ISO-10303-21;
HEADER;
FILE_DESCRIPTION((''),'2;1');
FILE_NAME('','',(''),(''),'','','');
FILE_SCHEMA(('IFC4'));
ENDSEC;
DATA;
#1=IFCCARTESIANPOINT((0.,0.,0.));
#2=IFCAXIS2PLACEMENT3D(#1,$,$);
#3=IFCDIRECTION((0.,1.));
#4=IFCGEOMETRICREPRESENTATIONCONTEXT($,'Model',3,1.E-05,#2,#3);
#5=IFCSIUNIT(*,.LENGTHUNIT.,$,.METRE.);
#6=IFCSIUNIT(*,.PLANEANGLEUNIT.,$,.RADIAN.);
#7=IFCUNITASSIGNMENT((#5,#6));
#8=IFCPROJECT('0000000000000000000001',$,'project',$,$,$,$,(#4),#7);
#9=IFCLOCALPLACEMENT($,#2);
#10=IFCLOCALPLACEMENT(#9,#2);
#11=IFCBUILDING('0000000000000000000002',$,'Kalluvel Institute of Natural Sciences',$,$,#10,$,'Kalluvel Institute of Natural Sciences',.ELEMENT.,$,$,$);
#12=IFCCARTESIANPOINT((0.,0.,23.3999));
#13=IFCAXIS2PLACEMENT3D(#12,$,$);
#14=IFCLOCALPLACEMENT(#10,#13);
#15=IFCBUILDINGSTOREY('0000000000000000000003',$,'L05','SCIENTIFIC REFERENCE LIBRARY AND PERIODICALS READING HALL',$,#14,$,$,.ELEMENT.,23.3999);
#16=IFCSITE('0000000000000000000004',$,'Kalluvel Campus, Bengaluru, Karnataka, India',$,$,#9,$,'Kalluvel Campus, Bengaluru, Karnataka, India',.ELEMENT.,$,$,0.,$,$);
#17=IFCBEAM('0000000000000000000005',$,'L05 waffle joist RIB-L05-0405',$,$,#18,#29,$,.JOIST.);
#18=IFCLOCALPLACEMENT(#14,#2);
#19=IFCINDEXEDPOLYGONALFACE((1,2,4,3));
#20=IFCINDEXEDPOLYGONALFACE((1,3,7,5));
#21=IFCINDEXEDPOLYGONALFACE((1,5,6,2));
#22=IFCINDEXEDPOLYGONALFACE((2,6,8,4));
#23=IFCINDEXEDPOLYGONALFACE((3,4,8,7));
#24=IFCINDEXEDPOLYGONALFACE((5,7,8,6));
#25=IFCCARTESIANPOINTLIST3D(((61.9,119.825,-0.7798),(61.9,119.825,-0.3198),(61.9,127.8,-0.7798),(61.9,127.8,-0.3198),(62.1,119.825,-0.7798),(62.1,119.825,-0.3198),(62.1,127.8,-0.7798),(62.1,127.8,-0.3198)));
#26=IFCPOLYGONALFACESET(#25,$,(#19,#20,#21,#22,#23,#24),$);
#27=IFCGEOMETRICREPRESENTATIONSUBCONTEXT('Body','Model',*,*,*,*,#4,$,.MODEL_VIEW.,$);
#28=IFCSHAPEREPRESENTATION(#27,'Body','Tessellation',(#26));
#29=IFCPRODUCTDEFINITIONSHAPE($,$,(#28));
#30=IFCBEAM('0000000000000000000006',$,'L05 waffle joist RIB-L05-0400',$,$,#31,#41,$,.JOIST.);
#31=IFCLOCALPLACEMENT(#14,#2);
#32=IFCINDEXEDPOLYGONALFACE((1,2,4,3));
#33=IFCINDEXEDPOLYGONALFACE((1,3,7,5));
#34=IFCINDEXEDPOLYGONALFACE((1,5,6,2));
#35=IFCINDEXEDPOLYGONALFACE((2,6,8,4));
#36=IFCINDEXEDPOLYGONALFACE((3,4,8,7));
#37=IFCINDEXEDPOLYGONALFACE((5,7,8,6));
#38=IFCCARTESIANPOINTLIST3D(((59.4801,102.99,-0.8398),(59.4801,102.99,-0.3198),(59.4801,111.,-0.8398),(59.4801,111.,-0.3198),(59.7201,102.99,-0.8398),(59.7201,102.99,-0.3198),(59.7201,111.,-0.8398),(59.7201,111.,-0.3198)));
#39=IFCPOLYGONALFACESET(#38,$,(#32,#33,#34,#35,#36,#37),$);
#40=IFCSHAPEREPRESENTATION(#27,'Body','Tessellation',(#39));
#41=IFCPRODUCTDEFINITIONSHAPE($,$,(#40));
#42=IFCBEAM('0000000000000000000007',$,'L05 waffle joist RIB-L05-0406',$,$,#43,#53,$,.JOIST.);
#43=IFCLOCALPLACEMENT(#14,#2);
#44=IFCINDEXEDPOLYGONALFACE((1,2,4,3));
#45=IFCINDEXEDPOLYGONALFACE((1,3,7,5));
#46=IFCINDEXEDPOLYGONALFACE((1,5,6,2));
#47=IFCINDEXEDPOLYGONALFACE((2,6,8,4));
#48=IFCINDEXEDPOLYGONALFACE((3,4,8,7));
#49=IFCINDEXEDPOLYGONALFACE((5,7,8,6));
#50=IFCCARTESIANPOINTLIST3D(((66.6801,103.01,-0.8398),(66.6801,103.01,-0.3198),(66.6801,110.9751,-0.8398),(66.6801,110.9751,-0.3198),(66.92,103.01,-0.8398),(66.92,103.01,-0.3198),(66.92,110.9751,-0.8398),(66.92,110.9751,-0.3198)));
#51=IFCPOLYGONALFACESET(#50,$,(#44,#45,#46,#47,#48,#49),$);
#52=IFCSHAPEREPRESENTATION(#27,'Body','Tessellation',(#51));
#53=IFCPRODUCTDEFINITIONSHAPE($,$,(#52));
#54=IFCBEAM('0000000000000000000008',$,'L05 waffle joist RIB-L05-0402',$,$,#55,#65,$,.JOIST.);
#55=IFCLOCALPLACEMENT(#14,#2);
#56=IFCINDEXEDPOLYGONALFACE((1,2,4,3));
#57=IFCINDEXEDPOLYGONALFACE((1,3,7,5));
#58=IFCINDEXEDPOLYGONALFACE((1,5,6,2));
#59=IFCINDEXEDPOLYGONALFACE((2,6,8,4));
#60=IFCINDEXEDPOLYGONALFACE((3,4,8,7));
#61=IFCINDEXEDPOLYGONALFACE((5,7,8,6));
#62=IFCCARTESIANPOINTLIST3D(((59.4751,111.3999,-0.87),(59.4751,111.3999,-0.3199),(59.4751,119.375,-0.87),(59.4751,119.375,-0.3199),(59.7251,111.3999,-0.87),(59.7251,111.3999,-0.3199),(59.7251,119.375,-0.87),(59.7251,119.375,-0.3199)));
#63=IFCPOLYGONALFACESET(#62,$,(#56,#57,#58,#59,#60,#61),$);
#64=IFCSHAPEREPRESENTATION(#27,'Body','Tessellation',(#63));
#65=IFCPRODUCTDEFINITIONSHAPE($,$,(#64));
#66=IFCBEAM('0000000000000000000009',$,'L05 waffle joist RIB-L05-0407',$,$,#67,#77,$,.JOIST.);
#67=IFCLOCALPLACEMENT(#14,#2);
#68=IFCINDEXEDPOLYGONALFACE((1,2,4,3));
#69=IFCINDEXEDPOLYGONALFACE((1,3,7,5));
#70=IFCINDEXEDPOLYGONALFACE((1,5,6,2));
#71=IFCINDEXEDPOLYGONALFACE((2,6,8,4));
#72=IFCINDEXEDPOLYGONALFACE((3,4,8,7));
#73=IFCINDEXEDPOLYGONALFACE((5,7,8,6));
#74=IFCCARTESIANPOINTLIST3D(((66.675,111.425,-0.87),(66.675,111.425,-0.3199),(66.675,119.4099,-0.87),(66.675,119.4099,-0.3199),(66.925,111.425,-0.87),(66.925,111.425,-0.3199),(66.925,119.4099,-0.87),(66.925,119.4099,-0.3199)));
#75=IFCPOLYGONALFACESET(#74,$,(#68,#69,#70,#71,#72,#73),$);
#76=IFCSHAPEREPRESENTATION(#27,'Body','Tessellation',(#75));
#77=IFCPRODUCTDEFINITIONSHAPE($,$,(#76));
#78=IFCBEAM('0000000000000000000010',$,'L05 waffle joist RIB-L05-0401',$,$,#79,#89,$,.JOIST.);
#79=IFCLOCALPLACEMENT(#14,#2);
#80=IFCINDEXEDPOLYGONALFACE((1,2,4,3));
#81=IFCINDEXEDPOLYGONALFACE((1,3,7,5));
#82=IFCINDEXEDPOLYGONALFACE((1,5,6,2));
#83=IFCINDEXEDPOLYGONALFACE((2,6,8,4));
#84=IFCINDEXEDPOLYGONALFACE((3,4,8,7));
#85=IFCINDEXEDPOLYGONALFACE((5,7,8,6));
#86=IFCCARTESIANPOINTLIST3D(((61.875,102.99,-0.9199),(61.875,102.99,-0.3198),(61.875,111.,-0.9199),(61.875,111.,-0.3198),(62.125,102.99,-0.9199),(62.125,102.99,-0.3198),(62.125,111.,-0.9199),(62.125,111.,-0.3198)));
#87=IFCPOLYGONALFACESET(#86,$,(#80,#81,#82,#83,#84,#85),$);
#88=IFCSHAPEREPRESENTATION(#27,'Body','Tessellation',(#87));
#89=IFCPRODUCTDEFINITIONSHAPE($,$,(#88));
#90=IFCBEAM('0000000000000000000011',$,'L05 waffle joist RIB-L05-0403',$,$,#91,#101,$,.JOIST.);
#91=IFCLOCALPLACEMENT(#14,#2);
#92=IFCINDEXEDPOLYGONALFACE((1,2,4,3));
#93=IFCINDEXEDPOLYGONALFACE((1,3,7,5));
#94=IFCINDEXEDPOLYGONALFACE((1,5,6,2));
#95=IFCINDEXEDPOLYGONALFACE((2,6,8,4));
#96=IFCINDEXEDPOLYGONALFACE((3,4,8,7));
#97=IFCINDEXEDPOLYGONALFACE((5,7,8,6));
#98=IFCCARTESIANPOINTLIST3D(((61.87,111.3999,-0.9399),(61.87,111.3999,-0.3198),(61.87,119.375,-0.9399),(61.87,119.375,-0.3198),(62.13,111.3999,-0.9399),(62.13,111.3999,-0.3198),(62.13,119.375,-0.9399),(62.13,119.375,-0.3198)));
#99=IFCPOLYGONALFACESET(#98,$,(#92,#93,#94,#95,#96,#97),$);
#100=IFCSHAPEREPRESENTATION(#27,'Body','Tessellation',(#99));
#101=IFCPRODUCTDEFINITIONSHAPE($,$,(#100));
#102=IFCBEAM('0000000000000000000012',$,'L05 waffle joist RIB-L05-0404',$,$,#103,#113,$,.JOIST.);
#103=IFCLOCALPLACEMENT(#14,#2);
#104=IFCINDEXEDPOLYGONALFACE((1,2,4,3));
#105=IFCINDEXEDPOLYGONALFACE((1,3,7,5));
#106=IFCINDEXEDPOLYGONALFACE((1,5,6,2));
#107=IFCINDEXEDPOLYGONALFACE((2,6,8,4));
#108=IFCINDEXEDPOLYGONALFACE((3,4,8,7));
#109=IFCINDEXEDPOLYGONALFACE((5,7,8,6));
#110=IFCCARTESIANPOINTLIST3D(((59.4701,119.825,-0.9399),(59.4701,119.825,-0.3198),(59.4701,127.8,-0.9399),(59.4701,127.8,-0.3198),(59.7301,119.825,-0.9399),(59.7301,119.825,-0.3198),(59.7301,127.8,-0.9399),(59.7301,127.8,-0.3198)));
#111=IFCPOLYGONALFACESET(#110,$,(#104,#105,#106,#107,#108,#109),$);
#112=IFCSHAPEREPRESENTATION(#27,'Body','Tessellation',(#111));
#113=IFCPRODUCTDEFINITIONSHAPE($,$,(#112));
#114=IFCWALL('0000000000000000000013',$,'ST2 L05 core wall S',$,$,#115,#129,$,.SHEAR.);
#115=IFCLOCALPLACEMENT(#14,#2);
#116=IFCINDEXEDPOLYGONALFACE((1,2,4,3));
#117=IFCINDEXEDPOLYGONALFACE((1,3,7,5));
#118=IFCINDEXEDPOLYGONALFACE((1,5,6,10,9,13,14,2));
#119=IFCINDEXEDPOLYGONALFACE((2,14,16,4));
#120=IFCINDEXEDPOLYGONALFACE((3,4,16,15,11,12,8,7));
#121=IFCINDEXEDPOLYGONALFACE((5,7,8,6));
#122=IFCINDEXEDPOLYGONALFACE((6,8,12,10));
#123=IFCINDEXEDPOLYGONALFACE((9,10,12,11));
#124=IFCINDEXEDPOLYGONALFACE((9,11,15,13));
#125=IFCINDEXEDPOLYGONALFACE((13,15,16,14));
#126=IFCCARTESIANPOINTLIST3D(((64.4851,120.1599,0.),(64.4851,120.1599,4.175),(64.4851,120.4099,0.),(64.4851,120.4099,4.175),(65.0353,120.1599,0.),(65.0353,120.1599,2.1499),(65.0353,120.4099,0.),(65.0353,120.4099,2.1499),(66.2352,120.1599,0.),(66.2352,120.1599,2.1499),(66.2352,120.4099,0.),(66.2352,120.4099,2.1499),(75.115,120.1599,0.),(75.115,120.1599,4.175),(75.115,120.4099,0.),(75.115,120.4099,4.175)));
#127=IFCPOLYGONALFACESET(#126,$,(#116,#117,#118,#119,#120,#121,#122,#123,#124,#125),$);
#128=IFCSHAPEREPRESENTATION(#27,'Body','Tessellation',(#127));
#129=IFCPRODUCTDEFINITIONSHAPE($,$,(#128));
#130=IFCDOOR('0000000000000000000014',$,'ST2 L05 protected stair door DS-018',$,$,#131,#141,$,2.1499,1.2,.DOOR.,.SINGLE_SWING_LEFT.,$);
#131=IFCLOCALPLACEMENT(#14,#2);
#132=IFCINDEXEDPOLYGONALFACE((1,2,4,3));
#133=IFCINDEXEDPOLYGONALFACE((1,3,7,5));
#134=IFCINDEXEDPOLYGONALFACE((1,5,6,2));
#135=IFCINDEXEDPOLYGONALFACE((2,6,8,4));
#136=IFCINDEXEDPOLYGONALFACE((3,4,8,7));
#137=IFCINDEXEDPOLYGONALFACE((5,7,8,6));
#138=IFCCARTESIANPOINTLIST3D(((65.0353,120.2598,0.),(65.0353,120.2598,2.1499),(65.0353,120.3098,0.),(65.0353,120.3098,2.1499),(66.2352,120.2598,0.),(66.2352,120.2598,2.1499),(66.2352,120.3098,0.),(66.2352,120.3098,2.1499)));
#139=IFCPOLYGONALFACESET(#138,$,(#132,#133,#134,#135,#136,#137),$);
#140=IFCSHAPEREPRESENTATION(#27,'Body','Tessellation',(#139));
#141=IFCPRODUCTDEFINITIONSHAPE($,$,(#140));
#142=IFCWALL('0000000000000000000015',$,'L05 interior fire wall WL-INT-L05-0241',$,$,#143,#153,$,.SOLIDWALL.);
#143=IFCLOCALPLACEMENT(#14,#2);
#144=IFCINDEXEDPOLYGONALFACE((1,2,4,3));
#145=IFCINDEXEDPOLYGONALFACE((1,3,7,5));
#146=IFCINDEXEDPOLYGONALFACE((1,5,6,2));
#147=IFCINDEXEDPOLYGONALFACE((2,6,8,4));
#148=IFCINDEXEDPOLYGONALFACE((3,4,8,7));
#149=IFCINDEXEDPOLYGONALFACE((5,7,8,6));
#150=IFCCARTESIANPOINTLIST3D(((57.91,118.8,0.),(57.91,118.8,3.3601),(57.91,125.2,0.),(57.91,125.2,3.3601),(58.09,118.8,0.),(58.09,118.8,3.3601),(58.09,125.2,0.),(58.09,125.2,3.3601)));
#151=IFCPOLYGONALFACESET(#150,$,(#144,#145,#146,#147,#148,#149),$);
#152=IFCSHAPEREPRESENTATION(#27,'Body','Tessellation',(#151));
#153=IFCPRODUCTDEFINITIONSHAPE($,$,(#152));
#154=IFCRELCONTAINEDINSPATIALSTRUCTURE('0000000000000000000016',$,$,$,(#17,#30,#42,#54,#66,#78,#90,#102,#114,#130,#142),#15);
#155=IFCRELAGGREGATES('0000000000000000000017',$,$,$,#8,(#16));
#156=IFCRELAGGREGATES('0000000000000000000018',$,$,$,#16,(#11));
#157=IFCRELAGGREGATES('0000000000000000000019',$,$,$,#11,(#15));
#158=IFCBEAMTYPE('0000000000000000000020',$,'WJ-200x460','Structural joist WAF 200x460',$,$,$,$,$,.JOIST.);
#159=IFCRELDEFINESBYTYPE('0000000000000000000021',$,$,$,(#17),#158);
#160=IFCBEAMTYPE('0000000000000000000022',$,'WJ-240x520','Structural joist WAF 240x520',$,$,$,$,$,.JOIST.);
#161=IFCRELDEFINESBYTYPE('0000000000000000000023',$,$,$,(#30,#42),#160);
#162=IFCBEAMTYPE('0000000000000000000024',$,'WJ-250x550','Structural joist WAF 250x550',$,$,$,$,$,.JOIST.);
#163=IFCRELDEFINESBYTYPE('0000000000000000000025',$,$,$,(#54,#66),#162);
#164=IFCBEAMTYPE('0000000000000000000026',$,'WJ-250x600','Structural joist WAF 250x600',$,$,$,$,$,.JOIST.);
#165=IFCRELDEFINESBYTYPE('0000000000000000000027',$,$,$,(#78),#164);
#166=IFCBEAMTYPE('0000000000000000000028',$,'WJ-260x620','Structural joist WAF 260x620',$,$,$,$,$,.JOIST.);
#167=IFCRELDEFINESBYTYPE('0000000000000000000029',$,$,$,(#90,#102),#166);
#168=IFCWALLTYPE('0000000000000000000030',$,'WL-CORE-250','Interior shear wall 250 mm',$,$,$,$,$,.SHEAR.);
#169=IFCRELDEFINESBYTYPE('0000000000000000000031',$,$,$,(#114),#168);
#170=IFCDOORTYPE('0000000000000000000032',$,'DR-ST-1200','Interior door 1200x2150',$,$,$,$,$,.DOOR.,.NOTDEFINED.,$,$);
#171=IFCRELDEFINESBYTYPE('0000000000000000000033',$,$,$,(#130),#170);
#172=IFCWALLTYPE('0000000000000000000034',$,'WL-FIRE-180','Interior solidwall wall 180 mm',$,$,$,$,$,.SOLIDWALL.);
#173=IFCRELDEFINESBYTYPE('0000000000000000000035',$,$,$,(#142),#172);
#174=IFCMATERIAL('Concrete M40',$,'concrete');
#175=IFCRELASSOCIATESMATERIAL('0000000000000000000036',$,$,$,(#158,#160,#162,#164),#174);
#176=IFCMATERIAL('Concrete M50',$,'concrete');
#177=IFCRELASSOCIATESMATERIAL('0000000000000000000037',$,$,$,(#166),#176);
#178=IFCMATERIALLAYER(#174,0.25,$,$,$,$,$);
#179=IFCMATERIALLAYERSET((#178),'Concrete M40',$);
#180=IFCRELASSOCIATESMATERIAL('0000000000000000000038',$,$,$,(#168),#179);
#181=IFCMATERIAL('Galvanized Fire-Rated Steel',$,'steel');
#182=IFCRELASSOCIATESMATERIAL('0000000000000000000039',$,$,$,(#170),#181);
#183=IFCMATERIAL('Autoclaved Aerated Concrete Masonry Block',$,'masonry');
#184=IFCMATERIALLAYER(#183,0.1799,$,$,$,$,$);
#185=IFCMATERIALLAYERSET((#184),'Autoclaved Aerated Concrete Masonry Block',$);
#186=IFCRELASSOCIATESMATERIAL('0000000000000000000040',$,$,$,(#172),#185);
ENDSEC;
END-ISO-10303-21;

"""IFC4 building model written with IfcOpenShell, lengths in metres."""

from ifc_helpers import new_model, si_unit, direction, frame, frame_2d, origin, origin_2d, place, context, subcontext, project, spatial, rectangle, extrude, material, layer, layer_set, material_profile, profile_set, type_object, element, fill, save


model = new_model("IFC4")

# Units and contexts
model_context = context("Model", 3, precision=1e-05, world=origin(), true_north=direction((0.0, 1.0)))
body_context = subcontext(model_context, "Body", "Model", "MODEL_VIEW")
ifc_project = project(units=[si_unit("LENGTHUNIT", "METRE"), si_unit("PLANEANGLEUNIT", "RADIAN")], contexts=[model_context])

# Site, building, storey
site_placement = place(None, origin())
site = spatial("IfcSite", under=ifc_project, at=site_placement, Name="Kalluvel Campus, Bengaluru, Karnataka, India", LongName="Kalluvel Campus, Bengaluru, Karnataka, India", CompositionType="ELEMENT", RefElevation=0.0)
building_placement = place(site_placement, origin())
building = spatial("IfcBuilding", under=site, at=building_placement, Name="Kalluvel Institute of Natural Sciences", LongName="Kalluvel Institute of Natural Sciences", CompositionType="ELEMENT")
storey_placement = place(building_placement, frame((0.0, 0.0, 23.3999)))
storey = spatial("IfcBuildingStorey", under=building, at=storey_placement, Name="L05", Description="SCIENTIFIC REFERENCE LIBRARY AND PERIODICALS READING HALL", CompositionType="ELEMENT", Elevation=23.3999)

# Shared definitions
ifc_material_1 = material(Name="Concrete M40", Category="concrete")

# Beams
ifc_material_2 = material(Name="Concrete M50", Category="concrete")
ifc_material_profile_1 = material_profile(ifc_material_1, rectangle(XDim=0.2, YDim=0.46, at=origin_2d()), Name="WAF 200x460")
ifc_profile_set_1 = profile_set([ifc_material_profile_1], Name="Concrete M40")
beam_type_1 = type_object("IfcBeamType", Name="WJ-200x460", Description="Structural joist WAF 200x460", PredefinedType="JOIST", material=ifc_profile_set_1)
beam_1_placement = place(storey_placement, frame((62.0, 119.825, -0.5498), z_axis=(0.0, 1.0, 0.0), x_axis=(-1.0, 0.0, 0.0)))
element("IfcBeam", 1, at=beam_1_placement, inside=storey, type_object=beam_type_1, Name="L05 waffle joist RIB-L05-0405", PredefinedType="JOIST", context=body_context, shape_type="SweptSolid", body=[
    extrude(rectangle(XDim=0.2, YDim=0.46, at=origin_2d()), origin(), (0.0, 0.0, 1.0), 7.9751),
])
ifc_material_profile_2 = material_profile(ifc_material_1, rectangle(XDim=0.24, YDim=0.52, at=origin_2d()), Name="WAF 240x520")
ifc_profile_set_2 = profile_set([ifc_material_profile_2], Name="Concrete M40")
beam_type_2 = type_object("IfcBeamType", Name="WJ-240x520", Description="Structural joist WAF 240x520", PredefinedType="JOIST", material=ifc_profile_set_2)
beam_2_placement = place(storey_placement, frame((59.6001, 102.99, -0.5798), z_axis=(0.0, 1.0, 0.0), x_axis=(-1.0, 0.0, 0.0)))
element("IfcBeam", 2, at=beam_2_placement, inside=storey, type_object=beam_type_2, Name="L05 waffle joist RIB-L05-0400", PredefinedType="JOIST", context=body_context, shape_type="SweptSolid", body=[
    extrude(rectangle(XDim=0.24, YDim=0.52, at=origin_2d()), origin(), (0.0, 0.0, 1.0), 8.01),
])
beam_3_placement = place(storey_placement, frame((66.8, 103.01, -0.5798), z_axis=(0.0, 1.0, 0.0), x_axis=(-1.0, 0.0, 0.0)))
element("IfcBeam", 3, at=beam_3_placement, inside=storey, type_object=beam_type_2, Name="L05 waffle joist RIB-L05-0406", PredefinedType="JOIST", context=body_context, shape_type="SweptSolid", body=[
    extrude(rectangle(XDim=0.24, YDim=0.52, at=origin_2d()), origin(), (0.0, 0.0, 1.0), 7.9651),
])
ifc_material_profile_3 = material_profile(ifc_material_1, rectangle(XDim=0.25, YDim=0.55, at=origin_2d()), Name="WAF 250x550")
ifc_profile_set_3 = profile_set([ifc_material_profile_3], Name="Concrete M40")
beam_type_3 = type_object("IfcBeamType", Name="WJ-250x550", Description="Structural joist WAF 250x550", PredefinedType="JOIST", material=ifc_profile_set_3)
beam_4_placement = place(storey_placement, frame((59.6001, 111.3999, -0.595), z_axis=(0.0, 1.0, 0.0), x_axis=(-1.0, 0.0, 0.0)))
element("IfcBeam", 4, at=beam_4_placement, inside=storey, type_object=beam_type_3, Name="L05 waffle joist RIB-L05-0402", PredefinedType="JOIST", context=body_context, shape_type="SweptSolid", body=[
    extrude(rectangle(XDim=0.25, YDim=0.55, at=origin_2d()), origin(), (0.0, 0.0, 1.0), 7.9751),
])
beam_5_placement = place(storey_placement, frame((66.8, 111.425, -0.595), z_axis=(0.0, 1.0, 0.0), x_axis=(-1.0, 0.0, 0.0)))
element("IfcBeam", 5, at=beam_5_placement, inside=storey, type_object=beam_type_3, Name="L05 waffle joist RIB-L05-0407", PredefinedType="JOIST", context=body_context, shape_type="SweptSolid", body=[
    extrude(rectangle(XDim=0.25, YDim=0.55, at=origin_2d()), origin(), (0.0, 0.0, 1.0), 7.9849),
])
ifc_material_profile_4 = material_profile(ifc_material_1, rectangle(XDim=0.25, YDim=0.6001, at=origin_2d()), Name="WAF 250x600")
ifc_profile_set_4 = profile_set([ifc_material_profile_4], Name="Concrete M40")
beam_type_4 = type_object("IfcBeamType", Name="WJ-250x600", Description="Structural joist WAF 250x600", PredefinedType="JOIST", material=ifc_profile_set_4)
beam_6_placement = place(storey_placement, frame((62.0, 102.99, -0.6199), z_axis=(0.0, 1.0, 0.0), x_axis=(-1.0, 0.0, 0.0)))
element("IfcBeam", 6, at=beam_6_placement, inside=storey, type_object=beam_type_4, Name="L05 waffle joist RIB-L05-0401", PredefinedType="JOIST", context=body_context, shape_type="SweptSolid", body=[
    extrude(rectangle(XDim=0.25, YDim=0.6001, at=origin_2d()), origin(), (0.0, 0.0, 1.0), 8.01),
])
ifc_material_profile_5 = material_profile(ifc_material_2, rectangle(XDim=0.26, YDim=0.6201, at=origin_2d()), Name="WAF 260x620")
ifc_profile_set_5 = profile_set([ifc_material_profile_5], Name="Concrete M50")
beam_type_5 = type_object("IfcBeamType", Name="WJ-260x620", Description="Structural joist WAF 260x620", PredefinedType="JOIST", material=ifc_profile_set_5)
for number, where, z_axis, x_axis, name in (
    (7, (62.0, 111.3999, -0.6299), (0.0, 1.0, 0.0), (-1.0, 0.0, 0.0), "L05 waffle joist RIB-L05-0403"),
    (8, (59.6001, 119.825, -0.6299), (0.0, 1.0, 0.0), (-1.0, 0.0, 0.0), "L05 waffle joist RIB-L05-0404"),
):
    element("IfcBeam", number, at=place(storey_placement, frame(where, z_axis=z_axis, x_axis=x_axis)), inside=storey, type_object=beam_type_5, Name=name, PredefinedType="JOIST", context=body_context, shape_type="SweptSolid", body=[
        extrude(rectangle(XDim=0.26, YDim=0.6201, at=origin_2d()), origin(), (0.0, 0.0, 1.0), 7.9751),
    ])

# Wall, opening, door
ifc_layer_1 = layer(ifc_material_1, 0.25)
ifc_layer_set_1 = layer_set([ifc_layer_1], Name="Concrete M40")
wall_type_1 = type_object("IfcWallType", Name="WL-CORE-250", Description="Interior shear wall 250 mm", PredefinedType="SHEAR", material=ifc_layer_set_1)
wall_1_placement = place(storey_placement, frame((64.4851, 120.2849, 0.0), z_axis=(0.0, 0.0, 1.0), x_axis=(1.0, 0.0, 0.0)))
wall_1 = element("IfcWall", 9, at=wall_1_placement, inside=storey, type_object=wall_type_1, Name="ST2 L05 core wall S", PredefinedType="SHEAR", context=body_context, shape_type="SweptSolid", body=[
    extrude(rectangle(XDim=10.6299, YDim=0.25, at=frame_2d((5.3149, 0.0))), origin(), (0.0, 0.0, 1.0), 4.175),
])
opening_1_placement = place(wall_1_placement, frame((0.55, 0.0, 0.0)))
opening_1 = element("IfcOpeningElement", 10, at=opening_1_placement, cuts=wall_1, PredefinedType="OPENING", context=body_context, shape_type="SweptSolid", body=[
    extrude(rectangle(XDim=1.2, YDim=2.1499, at=frame_2d((0.6001, 1.075))), frame((0.0, 0.135, 0.0), z_axis=(0.0, -1.0, 0.0), x_axis=(1.0, 0.0, 0.0)), (0.0, 0.0, 1.0), 0.27),
])
ifc_material_3 = material(Name="Galvanized Fire-Rated Steel", Category="steel")
door_type_1 = type_object("IfcDoorType", Name="DR-ST-1200", Description="Interior door 1200x2150", OperationType="NOTDEFINED", PredefinedType="DOOR", material=ifc_material_3)
door_1_placement = place(opening_1_placement, origin())
door_1 = element("IfcDoor", 11, at=door_1_placement, inside=storey, type_object=door_type_1, Name="ST2 L05 protected stair door DS-018", OperationType="SINGLE_SWING_LEFT", OverallHeight=2.1499, OverallWidth=1.2, PredefinedType="DOOR", context=body_context, shape_type="SweptSolid", body=[
    extrude(rectangle(XDim=1.2, YDim=2.1499, at=frame_2d((0.6001, 1.075))), frame((0.0, 0.0249, 0.0), z_axis=(0.0, -1.0, 0.0), x_axis=(1.0, 0.0, 0.0)), (0.0, 0.0, 1.0), 0.05),
])
fill(opening_1, door_1)

# Wall
ifc_material_4 = material(Name="Autoclaved Aerated Concrete Masonry Block", Category="masonry")
ifc_layer_2 = layer(ifc_material_4, 0.1799)
ifc_layer_set_2 = layer_set([ifc_layer_2], Name="Autoclaved Aerated Concrete Masonry Block")
wall_type_2 = type_object("IfcWallType", Name="WL-FIRE-180", Description="Interior solidwall wall 180 mm", PredefinedType="SOLIDWALL", material=ifc_layer_set_2)
wall_2_placement = place(storey_placement, frame((58.0, 118.8, 0.0), z_axis=(0.0, 0.0, 1.0), x_axis=(0.0, 1.0, 0.0)))
element("IfcWall", 12, at=wall_2_placement, inside=storey, type_object=wall_type_2, Name="L05 interior fire wall WL-INT-L05-0241", PredefinedType="SOLIDWALL", context=body_context, shape_type="SweptSolid", body=[
    extrude(rectangle(XDim=6.3999, YDim=0.1799, at=frame_2d((3.2, 0.0))), origin(), (0.0, 0.0, 1.0), 3.3601),
])

save(model, "model.ifc")
